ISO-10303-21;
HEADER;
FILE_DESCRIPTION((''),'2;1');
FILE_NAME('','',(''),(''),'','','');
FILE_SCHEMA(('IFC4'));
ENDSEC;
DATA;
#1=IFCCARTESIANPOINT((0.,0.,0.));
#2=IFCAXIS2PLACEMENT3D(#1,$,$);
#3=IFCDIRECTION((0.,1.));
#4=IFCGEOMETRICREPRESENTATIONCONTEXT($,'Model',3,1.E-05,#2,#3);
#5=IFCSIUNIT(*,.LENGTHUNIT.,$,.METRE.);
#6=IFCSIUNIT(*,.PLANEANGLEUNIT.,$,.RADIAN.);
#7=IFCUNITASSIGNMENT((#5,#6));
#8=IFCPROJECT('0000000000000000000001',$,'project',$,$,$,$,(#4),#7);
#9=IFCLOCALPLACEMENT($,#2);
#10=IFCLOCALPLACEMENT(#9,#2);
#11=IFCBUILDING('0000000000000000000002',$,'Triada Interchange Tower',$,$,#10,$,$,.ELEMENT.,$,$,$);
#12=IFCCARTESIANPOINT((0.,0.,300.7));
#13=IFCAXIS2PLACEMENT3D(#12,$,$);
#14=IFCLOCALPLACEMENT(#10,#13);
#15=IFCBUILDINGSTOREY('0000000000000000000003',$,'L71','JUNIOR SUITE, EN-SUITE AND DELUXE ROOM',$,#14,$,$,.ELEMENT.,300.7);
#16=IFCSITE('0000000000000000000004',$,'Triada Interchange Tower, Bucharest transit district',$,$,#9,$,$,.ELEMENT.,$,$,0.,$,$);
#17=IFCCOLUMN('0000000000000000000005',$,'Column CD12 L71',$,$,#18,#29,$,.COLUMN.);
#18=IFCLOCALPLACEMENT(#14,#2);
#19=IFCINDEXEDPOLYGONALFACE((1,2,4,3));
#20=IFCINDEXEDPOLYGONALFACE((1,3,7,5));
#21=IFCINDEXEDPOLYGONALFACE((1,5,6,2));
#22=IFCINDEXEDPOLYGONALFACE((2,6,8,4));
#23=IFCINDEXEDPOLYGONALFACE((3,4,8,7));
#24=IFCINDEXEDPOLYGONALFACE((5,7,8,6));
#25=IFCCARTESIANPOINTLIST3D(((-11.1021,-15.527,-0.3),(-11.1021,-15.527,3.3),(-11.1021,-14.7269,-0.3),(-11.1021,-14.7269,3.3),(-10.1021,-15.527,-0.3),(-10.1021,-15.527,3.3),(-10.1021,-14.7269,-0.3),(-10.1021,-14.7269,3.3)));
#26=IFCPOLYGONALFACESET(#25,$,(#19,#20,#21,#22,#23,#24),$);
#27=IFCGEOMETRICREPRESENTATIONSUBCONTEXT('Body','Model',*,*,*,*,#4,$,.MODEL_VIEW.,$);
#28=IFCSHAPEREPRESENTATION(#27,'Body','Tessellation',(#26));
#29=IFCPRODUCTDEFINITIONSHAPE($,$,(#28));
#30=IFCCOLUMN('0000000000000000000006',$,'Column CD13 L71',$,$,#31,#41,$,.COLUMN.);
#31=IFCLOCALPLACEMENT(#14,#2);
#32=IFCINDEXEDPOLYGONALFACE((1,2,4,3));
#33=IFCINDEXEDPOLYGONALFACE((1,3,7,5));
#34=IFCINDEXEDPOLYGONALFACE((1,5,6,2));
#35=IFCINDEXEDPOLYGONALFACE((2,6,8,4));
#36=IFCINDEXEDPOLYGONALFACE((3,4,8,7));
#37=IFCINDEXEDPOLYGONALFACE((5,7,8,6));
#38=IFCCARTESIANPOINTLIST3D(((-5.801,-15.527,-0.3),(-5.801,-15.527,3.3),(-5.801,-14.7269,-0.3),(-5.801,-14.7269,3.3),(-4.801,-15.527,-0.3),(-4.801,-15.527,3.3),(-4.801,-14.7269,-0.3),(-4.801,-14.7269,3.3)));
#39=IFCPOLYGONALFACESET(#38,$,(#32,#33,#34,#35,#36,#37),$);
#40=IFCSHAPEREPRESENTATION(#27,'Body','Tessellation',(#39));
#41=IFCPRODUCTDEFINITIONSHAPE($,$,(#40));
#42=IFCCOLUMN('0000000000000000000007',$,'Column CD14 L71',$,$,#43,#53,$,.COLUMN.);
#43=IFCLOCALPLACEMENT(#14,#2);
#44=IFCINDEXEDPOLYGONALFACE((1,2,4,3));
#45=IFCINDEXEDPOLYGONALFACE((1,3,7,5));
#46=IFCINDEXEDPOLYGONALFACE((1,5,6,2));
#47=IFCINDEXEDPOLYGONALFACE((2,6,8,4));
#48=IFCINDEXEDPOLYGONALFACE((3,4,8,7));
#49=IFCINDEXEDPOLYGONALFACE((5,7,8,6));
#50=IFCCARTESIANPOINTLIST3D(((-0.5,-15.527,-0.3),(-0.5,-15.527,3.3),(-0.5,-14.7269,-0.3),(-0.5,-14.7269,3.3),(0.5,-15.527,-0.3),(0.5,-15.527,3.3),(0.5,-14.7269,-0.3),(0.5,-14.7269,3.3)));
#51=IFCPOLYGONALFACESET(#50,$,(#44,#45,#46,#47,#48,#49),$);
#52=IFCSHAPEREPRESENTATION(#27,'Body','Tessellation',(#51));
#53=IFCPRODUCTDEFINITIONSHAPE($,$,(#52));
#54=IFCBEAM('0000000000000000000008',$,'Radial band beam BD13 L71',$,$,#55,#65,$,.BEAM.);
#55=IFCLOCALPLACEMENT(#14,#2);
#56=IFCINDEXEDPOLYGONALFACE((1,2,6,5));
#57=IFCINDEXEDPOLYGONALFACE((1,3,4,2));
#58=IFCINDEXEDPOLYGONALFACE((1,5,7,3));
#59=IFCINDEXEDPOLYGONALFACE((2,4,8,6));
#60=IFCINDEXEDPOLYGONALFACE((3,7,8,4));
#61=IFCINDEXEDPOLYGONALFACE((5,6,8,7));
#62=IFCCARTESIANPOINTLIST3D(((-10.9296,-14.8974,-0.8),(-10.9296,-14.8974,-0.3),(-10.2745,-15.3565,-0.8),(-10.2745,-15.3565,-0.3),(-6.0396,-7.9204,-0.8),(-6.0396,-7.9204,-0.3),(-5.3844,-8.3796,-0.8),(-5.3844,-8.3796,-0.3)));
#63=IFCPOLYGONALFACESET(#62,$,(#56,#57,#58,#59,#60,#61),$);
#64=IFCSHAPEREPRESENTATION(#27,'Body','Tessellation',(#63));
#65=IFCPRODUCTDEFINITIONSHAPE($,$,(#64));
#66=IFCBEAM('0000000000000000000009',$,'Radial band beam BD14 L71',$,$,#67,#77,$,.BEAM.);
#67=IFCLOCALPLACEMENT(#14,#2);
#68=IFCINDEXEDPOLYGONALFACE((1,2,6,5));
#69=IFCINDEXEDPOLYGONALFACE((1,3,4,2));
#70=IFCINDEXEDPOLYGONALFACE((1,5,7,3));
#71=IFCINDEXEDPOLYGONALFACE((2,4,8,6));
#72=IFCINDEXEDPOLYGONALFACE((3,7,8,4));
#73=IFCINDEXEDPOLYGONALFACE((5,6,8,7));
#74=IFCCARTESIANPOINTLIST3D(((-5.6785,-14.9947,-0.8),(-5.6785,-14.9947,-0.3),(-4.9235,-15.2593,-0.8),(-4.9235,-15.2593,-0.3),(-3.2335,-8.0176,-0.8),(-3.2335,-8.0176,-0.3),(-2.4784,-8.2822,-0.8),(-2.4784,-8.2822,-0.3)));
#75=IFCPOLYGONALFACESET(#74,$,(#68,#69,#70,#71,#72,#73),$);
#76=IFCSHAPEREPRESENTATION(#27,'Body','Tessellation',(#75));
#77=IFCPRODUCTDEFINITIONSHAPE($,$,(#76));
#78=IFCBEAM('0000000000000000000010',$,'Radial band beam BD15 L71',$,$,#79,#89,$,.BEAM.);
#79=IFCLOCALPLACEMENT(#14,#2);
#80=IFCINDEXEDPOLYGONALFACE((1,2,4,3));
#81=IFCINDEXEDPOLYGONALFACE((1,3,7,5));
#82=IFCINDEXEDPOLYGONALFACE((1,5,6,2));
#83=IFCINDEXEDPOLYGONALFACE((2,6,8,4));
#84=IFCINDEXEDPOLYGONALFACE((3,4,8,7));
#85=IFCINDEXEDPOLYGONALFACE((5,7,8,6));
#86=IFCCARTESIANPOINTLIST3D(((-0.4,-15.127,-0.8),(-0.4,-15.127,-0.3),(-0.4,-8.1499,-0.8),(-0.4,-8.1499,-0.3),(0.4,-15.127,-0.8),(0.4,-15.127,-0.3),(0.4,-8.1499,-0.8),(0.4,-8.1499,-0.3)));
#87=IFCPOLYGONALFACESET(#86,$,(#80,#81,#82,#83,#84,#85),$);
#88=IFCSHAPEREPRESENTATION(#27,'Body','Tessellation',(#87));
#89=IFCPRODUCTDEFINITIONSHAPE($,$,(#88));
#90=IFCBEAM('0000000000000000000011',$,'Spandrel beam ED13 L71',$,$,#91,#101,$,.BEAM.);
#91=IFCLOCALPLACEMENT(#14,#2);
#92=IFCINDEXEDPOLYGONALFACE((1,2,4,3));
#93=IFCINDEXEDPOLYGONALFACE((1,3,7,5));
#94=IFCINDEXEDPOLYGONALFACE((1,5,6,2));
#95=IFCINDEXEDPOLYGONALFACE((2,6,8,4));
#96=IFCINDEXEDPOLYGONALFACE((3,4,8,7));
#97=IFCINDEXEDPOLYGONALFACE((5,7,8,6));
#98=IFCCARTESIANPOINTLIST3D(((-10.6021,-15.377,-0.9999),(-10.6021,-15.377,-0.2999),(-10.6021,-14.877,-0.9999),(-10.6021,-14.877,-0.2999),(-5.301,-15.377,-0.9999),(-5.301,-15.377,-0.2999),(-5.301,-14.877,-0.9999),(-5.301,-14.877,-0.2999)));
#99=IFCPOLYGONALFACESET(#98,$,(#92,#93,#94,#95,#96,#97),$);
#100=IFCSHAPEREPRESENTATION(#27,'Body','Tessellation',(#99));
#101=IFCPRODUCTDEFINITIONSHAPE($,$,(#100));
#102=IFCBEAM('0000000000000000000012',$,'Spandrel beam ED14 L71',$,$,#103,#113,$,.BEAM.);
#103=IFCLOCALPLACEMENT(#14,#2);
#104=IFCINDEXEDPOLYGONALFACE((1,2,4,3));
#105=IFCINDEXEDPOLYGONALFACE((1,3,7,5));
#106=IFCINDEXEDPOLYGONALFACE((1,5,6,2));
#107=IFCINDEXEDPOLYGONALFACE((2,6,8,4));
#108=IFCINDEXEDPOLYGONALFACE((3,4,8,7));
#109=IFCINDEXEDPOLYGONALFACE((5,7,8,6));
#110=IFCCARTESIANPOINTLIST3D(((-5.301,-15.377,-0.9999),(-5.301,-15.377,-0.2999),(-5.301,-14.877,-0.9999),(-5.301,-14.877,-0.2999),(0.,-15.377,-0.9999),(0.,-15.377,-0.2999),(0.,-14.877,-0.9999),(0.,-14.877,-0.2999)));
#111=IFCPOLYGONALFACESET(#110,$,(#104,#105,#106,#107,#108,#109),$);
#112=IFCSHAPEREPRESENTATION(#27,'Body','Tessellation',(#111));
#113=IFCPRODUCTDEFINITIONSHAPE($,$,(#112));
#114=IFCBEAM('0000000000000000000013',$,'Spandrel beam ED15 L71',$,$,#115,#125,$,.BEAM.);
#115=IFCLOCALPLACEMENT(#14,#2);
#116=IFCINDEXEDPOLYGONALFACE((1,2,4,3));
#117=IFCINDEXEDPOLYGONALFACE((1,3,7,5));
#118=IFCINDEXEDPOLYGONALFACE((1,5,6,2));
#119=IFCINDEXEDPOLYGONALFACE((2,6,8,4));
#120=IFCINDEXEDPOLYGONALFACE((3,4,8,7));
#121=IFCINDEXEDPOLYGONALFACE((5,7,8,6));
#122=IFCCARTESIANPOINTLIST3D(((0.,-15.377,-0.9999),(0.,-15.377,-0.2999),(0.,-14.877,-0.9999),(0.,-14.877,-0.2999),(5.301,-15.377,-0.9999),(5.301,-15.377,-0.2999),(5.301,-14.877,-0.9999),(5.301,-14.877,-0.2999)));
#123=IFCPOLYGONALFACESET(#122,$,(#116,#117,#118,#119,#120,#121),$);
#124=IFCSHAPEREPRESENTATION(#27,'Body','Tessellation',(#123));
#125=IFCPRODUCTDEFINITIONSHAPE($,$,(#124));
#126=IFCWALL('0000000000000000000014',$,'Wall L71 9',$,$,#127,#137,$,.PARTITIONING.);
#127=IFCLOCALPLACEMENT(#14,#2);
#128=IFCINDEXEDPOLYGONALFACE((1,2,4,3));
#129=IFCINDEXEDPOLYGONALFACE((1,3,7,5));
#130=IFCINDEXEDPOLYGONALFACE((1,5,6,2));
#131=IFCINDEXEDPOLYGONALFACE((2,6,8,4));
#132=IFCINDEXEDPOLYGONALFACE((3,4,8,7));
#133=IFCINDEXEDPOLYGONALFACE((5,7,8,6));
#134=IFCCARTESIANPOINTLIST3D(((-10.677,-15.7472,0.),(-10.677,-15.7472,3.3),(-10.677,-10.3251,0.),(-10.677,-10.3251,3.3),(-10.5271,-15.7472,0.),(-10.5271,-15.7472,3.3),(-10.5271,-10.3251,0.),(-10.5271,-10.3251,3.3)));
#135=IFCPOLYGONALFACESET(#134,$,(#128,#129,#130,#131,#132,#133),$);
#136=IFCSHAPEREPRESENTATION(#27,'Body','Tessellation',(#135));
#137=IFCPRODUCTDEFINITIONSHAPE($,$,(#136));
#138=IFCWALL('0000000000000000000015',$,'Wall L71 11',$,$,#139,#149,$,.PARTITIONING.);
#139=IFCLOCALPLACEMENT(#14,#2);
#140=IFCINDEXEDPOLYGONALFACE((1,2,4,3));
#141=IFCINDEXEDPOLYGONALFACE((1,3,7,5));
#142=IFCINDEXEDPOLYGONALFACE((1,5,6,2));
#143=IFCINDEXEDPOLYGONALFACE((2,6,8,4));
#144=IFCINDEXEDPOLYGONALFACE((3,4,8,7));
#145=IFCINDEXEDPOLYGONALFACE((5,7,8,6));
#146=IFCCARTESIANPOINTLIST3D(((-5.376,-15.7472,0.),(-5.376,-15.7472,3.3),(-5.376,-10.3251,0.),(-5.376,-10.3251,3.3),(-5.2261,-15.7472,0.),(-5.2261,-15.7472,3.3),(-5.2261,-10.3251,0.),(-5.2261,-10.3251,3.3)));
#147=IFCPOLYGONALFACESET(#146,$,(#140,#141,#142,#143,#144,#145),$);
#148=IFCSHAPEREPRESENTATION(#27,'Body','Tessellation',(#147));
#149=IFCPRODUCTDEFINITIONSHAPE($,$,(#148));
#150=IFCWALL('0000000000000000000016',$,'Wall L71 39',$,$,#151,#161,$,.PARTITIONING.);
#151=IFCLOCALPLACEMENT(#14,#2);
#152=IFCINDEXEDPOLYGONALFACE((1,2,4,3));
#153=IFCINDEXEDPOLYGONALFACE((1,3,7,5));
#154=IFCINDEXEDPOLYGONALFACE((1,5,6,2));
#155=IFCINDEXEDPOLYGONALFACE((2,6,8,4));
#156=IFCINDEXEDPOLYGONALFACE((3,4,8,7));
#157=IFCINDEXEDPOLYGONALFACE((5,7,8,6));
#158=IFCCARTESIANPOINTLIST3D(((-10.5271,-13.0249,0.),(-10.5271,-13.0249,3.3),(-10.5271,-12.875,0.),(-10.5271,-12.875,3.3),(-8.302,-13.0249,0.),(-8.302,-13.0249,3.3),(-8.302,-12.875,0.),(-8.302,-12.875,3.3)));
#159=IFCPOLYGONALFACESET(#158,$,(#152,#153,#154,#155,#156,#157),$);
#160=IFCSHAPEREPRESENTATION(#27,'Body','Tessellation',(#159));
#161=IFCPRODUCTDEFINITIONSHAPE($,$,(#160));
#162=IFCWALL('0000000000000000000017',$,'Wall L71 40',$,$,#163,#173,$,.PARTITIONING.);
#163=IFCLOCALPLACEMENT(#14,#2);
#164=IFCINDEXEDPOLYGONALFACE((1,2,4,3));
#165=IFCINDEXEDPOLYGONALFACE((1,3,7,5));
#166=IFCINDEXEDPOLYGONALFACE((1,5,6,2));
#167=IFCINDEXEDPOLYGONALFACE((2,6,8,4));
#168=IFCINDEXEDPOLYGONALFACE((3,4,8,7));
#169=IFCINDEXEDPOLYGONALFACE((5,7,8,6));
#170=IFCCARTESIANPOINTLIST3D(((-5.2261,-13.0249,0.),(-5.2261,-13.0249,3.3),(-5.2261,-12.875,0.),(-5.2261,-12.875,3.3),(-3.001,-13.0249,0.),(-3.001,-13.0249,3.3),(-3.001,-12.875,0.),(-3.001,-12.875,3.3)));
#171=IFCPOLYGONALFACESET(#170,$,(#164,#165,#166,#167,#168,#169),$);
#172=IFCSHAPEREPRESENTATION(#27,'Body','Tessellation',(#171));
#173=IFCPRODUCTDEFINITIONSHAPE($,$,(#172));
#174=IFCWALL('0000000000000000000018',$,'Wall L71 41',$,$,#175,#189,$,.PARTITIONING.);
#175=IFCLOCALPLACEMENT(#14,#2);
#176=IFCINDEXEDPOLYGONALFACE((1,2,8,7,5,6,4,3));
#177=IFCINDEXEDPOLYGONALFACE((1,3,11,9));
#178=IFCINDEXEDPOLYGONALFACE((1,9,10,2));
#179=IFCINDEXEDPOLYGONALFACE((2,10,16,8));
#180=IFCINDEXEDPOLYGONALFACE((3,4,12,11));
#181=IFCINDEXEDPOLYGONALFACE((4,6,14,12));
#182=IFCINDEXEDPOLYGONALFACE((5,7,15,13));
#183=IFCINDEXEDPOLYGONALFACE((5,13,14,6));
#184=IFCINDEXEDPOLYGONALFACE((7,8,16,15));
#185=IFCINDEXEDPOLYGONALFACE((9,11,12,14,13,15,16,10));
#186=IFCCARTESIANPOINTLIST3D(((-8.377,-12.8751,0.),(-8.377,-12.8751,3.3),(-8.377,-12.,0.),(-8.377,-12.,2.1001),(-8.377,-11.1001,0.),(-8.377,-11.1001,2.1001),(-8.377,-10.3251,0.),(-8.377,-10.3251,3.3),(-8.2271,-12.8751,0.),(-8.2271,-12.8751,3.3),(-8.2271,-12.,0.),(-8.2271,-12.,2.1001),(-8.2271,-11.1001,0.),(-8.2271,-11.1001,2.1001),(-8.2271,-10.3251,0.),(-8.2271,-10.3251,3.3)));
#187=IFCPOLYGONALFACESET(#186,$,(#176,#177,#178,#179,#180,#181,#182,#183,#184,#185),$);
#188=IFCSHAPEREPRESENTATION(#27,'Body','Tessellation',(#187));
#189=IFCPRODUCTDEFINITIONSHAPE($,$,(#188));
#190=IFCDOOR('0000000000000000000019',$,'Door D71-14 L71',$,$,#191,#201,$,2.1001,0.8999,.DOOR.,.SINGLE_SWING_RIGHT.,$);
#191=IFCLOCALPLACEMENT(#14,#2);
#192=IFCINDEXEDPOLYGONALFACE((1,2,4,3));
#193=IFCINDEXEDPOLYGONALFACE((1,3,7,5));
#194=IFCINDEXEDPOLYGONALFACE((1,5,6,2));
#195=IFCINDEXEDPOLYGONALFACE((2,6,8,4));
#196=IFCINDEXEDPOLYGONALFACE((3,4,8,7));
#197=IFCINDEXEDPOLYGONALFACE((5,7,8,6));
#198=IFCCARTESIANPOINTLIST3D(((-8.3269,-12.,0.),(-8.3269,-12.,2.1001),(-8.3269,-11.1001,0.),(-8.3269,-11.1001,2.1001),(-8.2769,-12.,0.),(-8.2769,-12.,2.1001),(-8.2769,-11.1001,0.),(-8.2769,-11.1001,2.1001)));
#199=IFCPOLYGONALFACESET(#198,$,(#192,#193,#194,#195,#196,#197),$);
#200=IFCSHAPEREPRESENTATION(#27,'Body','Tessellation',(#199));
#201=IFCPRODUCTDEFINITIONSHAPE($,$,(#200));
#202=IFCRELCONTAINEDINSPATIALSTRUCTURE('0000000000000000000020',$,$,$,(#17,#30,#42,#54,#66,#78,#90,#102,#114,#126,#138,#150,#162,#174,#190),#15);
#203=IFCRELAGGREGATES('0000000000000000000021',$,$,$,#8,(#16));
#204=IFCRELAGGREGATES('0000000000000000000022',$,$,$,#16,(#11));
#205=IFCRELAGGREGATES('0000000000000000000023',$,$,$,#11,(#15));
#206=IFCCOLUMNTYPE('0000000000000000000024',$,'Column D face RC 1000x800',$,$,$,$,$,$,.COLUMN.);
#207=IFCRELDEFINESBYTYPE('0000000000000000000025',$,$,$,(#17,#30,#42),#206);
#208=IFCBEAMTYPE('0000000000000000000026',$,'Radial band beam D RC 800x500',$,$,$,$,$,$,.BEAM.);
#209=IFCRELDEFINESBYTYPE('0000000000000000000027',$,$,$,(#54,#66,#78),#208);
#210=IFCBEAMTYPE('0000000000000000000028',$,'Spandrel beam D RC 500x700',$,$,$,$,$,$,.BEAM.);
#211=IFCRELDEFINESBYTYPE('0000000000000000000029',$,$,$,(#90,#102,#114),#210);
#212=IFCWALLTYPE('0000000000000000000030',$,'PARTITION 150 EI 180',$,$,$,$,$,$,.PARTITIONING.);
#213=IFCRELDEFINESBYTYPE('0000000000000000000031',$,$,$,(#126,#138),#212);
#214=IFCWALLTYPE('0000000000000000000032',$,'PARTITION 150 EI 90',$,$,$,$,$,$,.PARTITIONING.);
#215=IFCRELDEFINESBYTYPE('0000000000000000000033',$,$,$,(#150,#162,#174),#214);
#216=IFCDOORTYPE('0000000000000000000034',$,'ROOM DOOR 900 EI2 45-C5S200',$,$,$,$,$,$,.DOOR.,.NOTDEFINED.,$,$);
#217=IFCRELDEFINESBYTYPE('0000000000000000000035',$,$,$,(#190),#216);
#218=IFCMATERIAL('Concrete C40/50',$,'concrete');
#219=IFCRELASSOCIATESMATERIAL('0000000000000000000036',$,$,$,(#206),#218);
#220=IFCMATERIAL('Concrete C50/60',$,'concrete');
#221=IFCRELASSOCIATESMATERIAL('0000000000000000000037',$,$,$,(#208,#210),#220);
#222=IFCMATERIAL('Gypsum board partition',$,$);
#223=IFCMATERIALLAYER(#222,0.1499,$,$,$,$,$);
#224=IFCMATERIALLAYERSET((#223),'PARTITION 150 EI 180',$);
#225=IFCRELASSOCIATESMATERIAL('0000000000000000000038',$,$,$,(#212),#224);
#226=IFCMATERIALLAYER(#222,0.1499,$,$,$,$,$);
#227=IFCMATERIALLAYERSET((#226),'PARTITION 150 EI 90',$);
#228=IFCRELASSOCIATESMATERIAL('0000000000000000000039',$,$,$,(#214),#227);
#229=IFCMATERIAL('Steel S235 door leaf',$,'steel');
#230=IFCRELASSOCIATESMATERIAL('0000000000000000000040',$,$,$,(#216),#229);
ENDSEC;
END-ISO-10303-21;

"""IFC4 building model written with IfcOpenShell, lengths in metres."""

from ifc_helpers import new_model, si_unit, direction, frame, frame_2d, origin, origin_2d, place, context, subcontext, project, spatial, rectangle, extrude, material, layer, layer_set, material_profile, profile_set, type_object, element, fill, save


model = new_model("IFC4")

# Units and contexts
model_context = context("Model", 3, precision=1e-05, world=origin(), true_north=direction((0.0, 1.0)))
body_context = subcontext(model_context, "Body", "Model", "MODEL_VIEW")
ifc_project = project(units=[si_unit("LENGTHUNIT", "METRE"), si_unit("PLANEANGLEUNIT", "RADIAN")], contexts=[model_context])

# Site, building, storey
site_placement = place(None, origin())
site = spatial("IfcSite", under=ifc_project, at=site_placement, Name="Triada Interchange Tower, Bucharest transit district", CompositionType="ELEMENT", RefElevation=0.0)
building_placement = place(site_placement, origin())
building = spatial("IfcBuilding", under=site, at=building_placement, Name="Triada Interchange Tower", CompositionType="ELEMENT")
storey_placement = place(building_placement, frame((0.0, 0.0, 300.7)))
storey = spatial("IfcBuildingStorey", under=building, at=storey_placement, Name="L71", Description="JUNIOR SUITE, EN-SUITE AND DELUXE ROOM", CompositionType="ELEMENT", Elevation=300.7)

# Columns
ifc_material_1 = material(Name="Concrete C40/50", Category="concrete")
ifc_material_profile_1 = material_profile(ifc_material_1, rectangle(XDim=1.0, YDim=0.8, at=origin_2d()), Name="RC 1000x800")
ifc_profile_set_1 = profile_set([ifc_material_profile_1], Name="Concrete C40/50")
column_type = type_object("IfcColumnType", Name="Column D face RC 1000x800", PredefinedType="COLUMN", material=ifc_profile_set_1)
for number, where, z_axis, x_axis, name in (
    (1, (-10.6021, -15.127, -0.3), (0.0, 0.0, 1.0), (1.0, 0.0, 0.0), "Column CD12 L71"),
    (2, (-5.301, -15.127, -0.3), (0.0, 0.0, 1.0), (1.0, 0.0, 0.0), "Column CD13 L71"),
    (3, (0.0, -15.127, -0.3), (0.0, 0.0, 1.0), (1.0, 0.0, 0.0), "Column CD14 L71"),
):
    element("IfcColumn", number, at=place(storey_placement, frame(where, z_axis=z_axis, x_axis=x_axis)), inside=storey, type_object=column_type, Name=name, PredefinedType="COLUMN", context=body_context, shape_type="SweptSolid", body=[
        extrude(rectangle(XDim=1.0, YDim=0.8, at=origin_2d()), origin(), (0.0, 0.0, 1.0), 3.6001),
    ])

# Beams
ifc_material_2 = material(Name="Concrete C50/60", Category="concrete")
ifc_material_profile_2 = material_profile(ifc_material_2, rectangle(XDim=0.8, YDim=0.5, at=origin_2d()), Name="RC 800x500")
ifc_profile_set_2 = profile_set([ifc_material_profile_2], Name="Concrete C50/60")
beam_type_1 = type_object("IfcBeamType", Name="Radial band beam D RC 800x500", PredefinedType="BEAM", material=ifc_profile_set_2)
beam_1_placement = place(storey_placement, frame((-10.6021, -15.127, -0.55), z_axis=(0.573951, 0.81889, 0.0), x_axis=(-0.81889, 0.573951, 0.0)))
element("IfcBeam", 4, at=beam_1_placement, inside=storey, type_object=beam_type_1, Name="Radial band beam BD13 L71", PredefinedType="BEAM", context=body_context, shape_type="SweptSolid", body=[
    extrude(rectangle(XDim=0.8, YDim=0.5, at=origin_2d()), origin(), (0.0, 0.0, 1.0), 8.52),
])
beam_2_placement = place(storey_placement, frame((-5.301, -15.127, -0.55), z_axis=(0.330724, 0.943728, 0.0), x_axis=(-0.943728, 0.330724, 0.0)))
element("IfcBeam", 5, at=beam_2_placement, inside=storey, type_object=beam_type_1, Name="Radial band beam BD14 L71", PredefinedType="BEAM", context=body_context, shape_type="SweptSolid", body=[
    extrude(rectangle(XDim=0.8, YDim=0.5, at=origin_2d()), origin(), (0.0, 0.0, 1.0), 7.3931),
])
beam_3_placement = place(storey_placement, frame((0.0, -15.127, -0.55), z_axis=(0.0, 1.0, 0.0), x_axis=(-1.0, 0.0, 0.0)))
element("IfcBeam", 6, at=beam_3_placement, inside=storey, type_object=beam_type_1, Name="Radial band beam BD15 L71", PredefinedType="BEAM", context=body_context, shape_type="SweptSolid", body=[
    extrude(rectangle(XDim=0.8, YDim=0.5, at=origin_2d()), origin(), (0.0, 0.0, 1.0), 6.9771),
])
ifc_material_profile_3 = material_profile(ifc_material_2, rectangle(XDim=0.5, YDim=0.7, at=origin_2d()), Name="RC 500x700")
ifc_profile_set_3 = profile_set([ifc_material_profile_3], Name="Concrete C50/60")
beam_type_2 = type_object("IfcBeamType", Name="Spandrel beam D RC 500x700", PredefinedType="BEAM", material=ifc_profile_set_3)
for number, where, z_axis, x_axis, name in (
    (7, (-10.6021, -15.127, -0.6499), (1.0, 0.0, 0.0), (0.0, 1.0, 0.0), "Spandrel beam ED13 L71"),
    (8, (-5.301, -15.127, -0.6499), (1.0, 0.0, 0.0), (0.0, 1.0, 0.0), "Spandrel beam ED14 L71"),
    (9, (0.0, -15.127, -0.6499), (1.0, 0.0, 0.0), (0.0, 1.0, 0.0), "Spandrel beam ED15 L71"),
):
    element("IfcBeam", number, at=place(storey_placement, frame(where, z_axis=z_axis, x_axis=x_axis)), inside=storey, type_object=beam_type_2, Name=name, PredefinedType="BEAM", context=body_context, shape_type="SweptSolid", body=[
        extrude(rectangle(XDim=0.5, YDim=0.7, at=origin_2d()), origin(), (0.0, 0.0, 1.0), 5.301),
    ])

# Walls
ifc_material_3 = material(Name="Gypsum board partition")
ifc_layer_1 = layer(ifc_material_3, 0.1499)
ifc_layer_set_1 = layer_set([ifc_layer_1], Name="PARTITION 150 EI 180")
wall_type_1 = type_object("IfcWallType", Name="PARTITION 150 EI 180", PredefinedType="PARTITIONING", material=ifc_layer_set_1)
for number, where, z_axis, x_axis, name in (
    (10, (-10.6021, -15.7471, 0.0), (0.0, 0.0, 1.0), (0.0, 1.0, 0.0), "Wall L71 9"),
    (11, (-5.301, -15.7471, 0.0), (0.0, 0.0, 1.0), (0.0, 1.0, 0.0), "Wall L71 11"),
):
    element("IfcWall", number, at=place(storey_placement, frame(where, z_axis=z_axis, x_axis=x_axis)), inside=storey, type_object=wall_type_1, Name=name, PredefinedType="PARTITIONING", context=body_context, shape_type="SweptSolid", body=[
        extrude(rectangle(XDim=5.4221, YDim=0.1499, at=frame_2d((2.7109, 0.0))), origin(), (0.0, 0.0, 1.0), 3.3),
    ])
ifc_layer_2 = layer(ifc_material_3, 0.1499)
ifc_layer_set_2 = layer_set([ifc_layer_2], Name="PARTITION 150 EI 90")
wall_type_2 = type_object("IfcWallType", Name="PARTITION 150 EI 90", PredefinedType="PARTITIONING", material=ifc_layer_set_2)
for number, where, z_axis, x_axis, name in (
    (12, (-10.5271, -12.95, 0.0), (0.0, 0.0, 1.0), (1.0, 0.0, 0.0), "Wall L71 39"),
    (13, (-5.2261, -12.95, 0.0), (0.0, 0.0, 1.0), (1.0, 0.0, 0.0), "Wall L71 40"),
):
    element("IfcWall", number, at=place(storey_placement, frame(where, z_axis=z_axis, x_axis=x_axis)), inside=storey, type_object=wall_type_2, Name=name, PredefinedType="PARTITIONING", context=body_context, shape_type="SweptSolid", body=[
        extrude(rectangle(XDim=2.2251, YDim=0.1499, at=frame_2d((1.1125, 0.0))), origin(), (0.0, 0.0, 1.0), 3.3),
    ])

# Wall, opening, door
wall_1_placement = place(storey_placement, frame((-8.302, -12.875, 0.0), z_axis=(0.0, 0.0, 1.0), x_axis=(0.0, 1.0, 0.0)))
wall_1 = element("IfcWall", 14, at=wall_1_placement, inside=storey, type_object=wall_type_2, Name="Wall L71 41", PredefinedType="PARTITIONING", context=body_context, shape_type="SweptSolid", body=[
    extrude(rectangle(XDim=2.55, YDim=0.1499, at=frame_2d((1.2749, 0.0))), origin(), (0.0, 0.0, 1.0), 3.3),
])
opening_1_placement = place(wall_1_placement, frame((0.875, 0.0, 0.0)))
opening_1 = element("IfcOpeningElement", 15, at=opening_1_placement, cuts=wall_1, PredefinedType="OPENING", context=body_context, shape_type="SweptSolid", body=[
    extrude(rectangle(XDim=0.8999, YDim=2.1001, at=frame_2d((0.45, 1.05))), frame((0.0, 0.085, 0.0), z_axis=(0.0, -1.0, 0.0), x_axis=(1.0, 0.0, 0.0)), (0.0, 0.0, 1.0), 0.1699),
])
ifc_material_4 = material(Name="Steel S235 door leaf", Category="steel")
door_type = type_object("IfcDoorType", Name="ROOM DOOR 900 EI2 45-C5S200", OperationType="NOTDEFINED", PredefinedType="DOOR", material=ifc_material_4)
door_1_placement = place(opening_1_placement, origin())
door_1 = element("IfcDoor", 16, at=door_1_placement, inside=storey, type_object=door_type, Name="Door D71-14 L71", OperationType="SINGLE_SWING_RIGHT", OverallHeight=2.1001, OverallWidth=0.8999, PredefinedType="DOOR", context=body_context, shape_type="SweptSolid", body=[
    extrude(rectangle(XDim=0.8999, YDim=2.1001, at=frame_2d((0.45, 1.05))), frame((0.0, 0.0249, 0.0), z_axis=(0.0, -1.0, 0.0), x_axis=(1.0, 0.0, 0.0)), (0.0, 0.0, 1.0), 0.05),
])
fill(opening_1, door_1)

save(model, "model.ifc")
